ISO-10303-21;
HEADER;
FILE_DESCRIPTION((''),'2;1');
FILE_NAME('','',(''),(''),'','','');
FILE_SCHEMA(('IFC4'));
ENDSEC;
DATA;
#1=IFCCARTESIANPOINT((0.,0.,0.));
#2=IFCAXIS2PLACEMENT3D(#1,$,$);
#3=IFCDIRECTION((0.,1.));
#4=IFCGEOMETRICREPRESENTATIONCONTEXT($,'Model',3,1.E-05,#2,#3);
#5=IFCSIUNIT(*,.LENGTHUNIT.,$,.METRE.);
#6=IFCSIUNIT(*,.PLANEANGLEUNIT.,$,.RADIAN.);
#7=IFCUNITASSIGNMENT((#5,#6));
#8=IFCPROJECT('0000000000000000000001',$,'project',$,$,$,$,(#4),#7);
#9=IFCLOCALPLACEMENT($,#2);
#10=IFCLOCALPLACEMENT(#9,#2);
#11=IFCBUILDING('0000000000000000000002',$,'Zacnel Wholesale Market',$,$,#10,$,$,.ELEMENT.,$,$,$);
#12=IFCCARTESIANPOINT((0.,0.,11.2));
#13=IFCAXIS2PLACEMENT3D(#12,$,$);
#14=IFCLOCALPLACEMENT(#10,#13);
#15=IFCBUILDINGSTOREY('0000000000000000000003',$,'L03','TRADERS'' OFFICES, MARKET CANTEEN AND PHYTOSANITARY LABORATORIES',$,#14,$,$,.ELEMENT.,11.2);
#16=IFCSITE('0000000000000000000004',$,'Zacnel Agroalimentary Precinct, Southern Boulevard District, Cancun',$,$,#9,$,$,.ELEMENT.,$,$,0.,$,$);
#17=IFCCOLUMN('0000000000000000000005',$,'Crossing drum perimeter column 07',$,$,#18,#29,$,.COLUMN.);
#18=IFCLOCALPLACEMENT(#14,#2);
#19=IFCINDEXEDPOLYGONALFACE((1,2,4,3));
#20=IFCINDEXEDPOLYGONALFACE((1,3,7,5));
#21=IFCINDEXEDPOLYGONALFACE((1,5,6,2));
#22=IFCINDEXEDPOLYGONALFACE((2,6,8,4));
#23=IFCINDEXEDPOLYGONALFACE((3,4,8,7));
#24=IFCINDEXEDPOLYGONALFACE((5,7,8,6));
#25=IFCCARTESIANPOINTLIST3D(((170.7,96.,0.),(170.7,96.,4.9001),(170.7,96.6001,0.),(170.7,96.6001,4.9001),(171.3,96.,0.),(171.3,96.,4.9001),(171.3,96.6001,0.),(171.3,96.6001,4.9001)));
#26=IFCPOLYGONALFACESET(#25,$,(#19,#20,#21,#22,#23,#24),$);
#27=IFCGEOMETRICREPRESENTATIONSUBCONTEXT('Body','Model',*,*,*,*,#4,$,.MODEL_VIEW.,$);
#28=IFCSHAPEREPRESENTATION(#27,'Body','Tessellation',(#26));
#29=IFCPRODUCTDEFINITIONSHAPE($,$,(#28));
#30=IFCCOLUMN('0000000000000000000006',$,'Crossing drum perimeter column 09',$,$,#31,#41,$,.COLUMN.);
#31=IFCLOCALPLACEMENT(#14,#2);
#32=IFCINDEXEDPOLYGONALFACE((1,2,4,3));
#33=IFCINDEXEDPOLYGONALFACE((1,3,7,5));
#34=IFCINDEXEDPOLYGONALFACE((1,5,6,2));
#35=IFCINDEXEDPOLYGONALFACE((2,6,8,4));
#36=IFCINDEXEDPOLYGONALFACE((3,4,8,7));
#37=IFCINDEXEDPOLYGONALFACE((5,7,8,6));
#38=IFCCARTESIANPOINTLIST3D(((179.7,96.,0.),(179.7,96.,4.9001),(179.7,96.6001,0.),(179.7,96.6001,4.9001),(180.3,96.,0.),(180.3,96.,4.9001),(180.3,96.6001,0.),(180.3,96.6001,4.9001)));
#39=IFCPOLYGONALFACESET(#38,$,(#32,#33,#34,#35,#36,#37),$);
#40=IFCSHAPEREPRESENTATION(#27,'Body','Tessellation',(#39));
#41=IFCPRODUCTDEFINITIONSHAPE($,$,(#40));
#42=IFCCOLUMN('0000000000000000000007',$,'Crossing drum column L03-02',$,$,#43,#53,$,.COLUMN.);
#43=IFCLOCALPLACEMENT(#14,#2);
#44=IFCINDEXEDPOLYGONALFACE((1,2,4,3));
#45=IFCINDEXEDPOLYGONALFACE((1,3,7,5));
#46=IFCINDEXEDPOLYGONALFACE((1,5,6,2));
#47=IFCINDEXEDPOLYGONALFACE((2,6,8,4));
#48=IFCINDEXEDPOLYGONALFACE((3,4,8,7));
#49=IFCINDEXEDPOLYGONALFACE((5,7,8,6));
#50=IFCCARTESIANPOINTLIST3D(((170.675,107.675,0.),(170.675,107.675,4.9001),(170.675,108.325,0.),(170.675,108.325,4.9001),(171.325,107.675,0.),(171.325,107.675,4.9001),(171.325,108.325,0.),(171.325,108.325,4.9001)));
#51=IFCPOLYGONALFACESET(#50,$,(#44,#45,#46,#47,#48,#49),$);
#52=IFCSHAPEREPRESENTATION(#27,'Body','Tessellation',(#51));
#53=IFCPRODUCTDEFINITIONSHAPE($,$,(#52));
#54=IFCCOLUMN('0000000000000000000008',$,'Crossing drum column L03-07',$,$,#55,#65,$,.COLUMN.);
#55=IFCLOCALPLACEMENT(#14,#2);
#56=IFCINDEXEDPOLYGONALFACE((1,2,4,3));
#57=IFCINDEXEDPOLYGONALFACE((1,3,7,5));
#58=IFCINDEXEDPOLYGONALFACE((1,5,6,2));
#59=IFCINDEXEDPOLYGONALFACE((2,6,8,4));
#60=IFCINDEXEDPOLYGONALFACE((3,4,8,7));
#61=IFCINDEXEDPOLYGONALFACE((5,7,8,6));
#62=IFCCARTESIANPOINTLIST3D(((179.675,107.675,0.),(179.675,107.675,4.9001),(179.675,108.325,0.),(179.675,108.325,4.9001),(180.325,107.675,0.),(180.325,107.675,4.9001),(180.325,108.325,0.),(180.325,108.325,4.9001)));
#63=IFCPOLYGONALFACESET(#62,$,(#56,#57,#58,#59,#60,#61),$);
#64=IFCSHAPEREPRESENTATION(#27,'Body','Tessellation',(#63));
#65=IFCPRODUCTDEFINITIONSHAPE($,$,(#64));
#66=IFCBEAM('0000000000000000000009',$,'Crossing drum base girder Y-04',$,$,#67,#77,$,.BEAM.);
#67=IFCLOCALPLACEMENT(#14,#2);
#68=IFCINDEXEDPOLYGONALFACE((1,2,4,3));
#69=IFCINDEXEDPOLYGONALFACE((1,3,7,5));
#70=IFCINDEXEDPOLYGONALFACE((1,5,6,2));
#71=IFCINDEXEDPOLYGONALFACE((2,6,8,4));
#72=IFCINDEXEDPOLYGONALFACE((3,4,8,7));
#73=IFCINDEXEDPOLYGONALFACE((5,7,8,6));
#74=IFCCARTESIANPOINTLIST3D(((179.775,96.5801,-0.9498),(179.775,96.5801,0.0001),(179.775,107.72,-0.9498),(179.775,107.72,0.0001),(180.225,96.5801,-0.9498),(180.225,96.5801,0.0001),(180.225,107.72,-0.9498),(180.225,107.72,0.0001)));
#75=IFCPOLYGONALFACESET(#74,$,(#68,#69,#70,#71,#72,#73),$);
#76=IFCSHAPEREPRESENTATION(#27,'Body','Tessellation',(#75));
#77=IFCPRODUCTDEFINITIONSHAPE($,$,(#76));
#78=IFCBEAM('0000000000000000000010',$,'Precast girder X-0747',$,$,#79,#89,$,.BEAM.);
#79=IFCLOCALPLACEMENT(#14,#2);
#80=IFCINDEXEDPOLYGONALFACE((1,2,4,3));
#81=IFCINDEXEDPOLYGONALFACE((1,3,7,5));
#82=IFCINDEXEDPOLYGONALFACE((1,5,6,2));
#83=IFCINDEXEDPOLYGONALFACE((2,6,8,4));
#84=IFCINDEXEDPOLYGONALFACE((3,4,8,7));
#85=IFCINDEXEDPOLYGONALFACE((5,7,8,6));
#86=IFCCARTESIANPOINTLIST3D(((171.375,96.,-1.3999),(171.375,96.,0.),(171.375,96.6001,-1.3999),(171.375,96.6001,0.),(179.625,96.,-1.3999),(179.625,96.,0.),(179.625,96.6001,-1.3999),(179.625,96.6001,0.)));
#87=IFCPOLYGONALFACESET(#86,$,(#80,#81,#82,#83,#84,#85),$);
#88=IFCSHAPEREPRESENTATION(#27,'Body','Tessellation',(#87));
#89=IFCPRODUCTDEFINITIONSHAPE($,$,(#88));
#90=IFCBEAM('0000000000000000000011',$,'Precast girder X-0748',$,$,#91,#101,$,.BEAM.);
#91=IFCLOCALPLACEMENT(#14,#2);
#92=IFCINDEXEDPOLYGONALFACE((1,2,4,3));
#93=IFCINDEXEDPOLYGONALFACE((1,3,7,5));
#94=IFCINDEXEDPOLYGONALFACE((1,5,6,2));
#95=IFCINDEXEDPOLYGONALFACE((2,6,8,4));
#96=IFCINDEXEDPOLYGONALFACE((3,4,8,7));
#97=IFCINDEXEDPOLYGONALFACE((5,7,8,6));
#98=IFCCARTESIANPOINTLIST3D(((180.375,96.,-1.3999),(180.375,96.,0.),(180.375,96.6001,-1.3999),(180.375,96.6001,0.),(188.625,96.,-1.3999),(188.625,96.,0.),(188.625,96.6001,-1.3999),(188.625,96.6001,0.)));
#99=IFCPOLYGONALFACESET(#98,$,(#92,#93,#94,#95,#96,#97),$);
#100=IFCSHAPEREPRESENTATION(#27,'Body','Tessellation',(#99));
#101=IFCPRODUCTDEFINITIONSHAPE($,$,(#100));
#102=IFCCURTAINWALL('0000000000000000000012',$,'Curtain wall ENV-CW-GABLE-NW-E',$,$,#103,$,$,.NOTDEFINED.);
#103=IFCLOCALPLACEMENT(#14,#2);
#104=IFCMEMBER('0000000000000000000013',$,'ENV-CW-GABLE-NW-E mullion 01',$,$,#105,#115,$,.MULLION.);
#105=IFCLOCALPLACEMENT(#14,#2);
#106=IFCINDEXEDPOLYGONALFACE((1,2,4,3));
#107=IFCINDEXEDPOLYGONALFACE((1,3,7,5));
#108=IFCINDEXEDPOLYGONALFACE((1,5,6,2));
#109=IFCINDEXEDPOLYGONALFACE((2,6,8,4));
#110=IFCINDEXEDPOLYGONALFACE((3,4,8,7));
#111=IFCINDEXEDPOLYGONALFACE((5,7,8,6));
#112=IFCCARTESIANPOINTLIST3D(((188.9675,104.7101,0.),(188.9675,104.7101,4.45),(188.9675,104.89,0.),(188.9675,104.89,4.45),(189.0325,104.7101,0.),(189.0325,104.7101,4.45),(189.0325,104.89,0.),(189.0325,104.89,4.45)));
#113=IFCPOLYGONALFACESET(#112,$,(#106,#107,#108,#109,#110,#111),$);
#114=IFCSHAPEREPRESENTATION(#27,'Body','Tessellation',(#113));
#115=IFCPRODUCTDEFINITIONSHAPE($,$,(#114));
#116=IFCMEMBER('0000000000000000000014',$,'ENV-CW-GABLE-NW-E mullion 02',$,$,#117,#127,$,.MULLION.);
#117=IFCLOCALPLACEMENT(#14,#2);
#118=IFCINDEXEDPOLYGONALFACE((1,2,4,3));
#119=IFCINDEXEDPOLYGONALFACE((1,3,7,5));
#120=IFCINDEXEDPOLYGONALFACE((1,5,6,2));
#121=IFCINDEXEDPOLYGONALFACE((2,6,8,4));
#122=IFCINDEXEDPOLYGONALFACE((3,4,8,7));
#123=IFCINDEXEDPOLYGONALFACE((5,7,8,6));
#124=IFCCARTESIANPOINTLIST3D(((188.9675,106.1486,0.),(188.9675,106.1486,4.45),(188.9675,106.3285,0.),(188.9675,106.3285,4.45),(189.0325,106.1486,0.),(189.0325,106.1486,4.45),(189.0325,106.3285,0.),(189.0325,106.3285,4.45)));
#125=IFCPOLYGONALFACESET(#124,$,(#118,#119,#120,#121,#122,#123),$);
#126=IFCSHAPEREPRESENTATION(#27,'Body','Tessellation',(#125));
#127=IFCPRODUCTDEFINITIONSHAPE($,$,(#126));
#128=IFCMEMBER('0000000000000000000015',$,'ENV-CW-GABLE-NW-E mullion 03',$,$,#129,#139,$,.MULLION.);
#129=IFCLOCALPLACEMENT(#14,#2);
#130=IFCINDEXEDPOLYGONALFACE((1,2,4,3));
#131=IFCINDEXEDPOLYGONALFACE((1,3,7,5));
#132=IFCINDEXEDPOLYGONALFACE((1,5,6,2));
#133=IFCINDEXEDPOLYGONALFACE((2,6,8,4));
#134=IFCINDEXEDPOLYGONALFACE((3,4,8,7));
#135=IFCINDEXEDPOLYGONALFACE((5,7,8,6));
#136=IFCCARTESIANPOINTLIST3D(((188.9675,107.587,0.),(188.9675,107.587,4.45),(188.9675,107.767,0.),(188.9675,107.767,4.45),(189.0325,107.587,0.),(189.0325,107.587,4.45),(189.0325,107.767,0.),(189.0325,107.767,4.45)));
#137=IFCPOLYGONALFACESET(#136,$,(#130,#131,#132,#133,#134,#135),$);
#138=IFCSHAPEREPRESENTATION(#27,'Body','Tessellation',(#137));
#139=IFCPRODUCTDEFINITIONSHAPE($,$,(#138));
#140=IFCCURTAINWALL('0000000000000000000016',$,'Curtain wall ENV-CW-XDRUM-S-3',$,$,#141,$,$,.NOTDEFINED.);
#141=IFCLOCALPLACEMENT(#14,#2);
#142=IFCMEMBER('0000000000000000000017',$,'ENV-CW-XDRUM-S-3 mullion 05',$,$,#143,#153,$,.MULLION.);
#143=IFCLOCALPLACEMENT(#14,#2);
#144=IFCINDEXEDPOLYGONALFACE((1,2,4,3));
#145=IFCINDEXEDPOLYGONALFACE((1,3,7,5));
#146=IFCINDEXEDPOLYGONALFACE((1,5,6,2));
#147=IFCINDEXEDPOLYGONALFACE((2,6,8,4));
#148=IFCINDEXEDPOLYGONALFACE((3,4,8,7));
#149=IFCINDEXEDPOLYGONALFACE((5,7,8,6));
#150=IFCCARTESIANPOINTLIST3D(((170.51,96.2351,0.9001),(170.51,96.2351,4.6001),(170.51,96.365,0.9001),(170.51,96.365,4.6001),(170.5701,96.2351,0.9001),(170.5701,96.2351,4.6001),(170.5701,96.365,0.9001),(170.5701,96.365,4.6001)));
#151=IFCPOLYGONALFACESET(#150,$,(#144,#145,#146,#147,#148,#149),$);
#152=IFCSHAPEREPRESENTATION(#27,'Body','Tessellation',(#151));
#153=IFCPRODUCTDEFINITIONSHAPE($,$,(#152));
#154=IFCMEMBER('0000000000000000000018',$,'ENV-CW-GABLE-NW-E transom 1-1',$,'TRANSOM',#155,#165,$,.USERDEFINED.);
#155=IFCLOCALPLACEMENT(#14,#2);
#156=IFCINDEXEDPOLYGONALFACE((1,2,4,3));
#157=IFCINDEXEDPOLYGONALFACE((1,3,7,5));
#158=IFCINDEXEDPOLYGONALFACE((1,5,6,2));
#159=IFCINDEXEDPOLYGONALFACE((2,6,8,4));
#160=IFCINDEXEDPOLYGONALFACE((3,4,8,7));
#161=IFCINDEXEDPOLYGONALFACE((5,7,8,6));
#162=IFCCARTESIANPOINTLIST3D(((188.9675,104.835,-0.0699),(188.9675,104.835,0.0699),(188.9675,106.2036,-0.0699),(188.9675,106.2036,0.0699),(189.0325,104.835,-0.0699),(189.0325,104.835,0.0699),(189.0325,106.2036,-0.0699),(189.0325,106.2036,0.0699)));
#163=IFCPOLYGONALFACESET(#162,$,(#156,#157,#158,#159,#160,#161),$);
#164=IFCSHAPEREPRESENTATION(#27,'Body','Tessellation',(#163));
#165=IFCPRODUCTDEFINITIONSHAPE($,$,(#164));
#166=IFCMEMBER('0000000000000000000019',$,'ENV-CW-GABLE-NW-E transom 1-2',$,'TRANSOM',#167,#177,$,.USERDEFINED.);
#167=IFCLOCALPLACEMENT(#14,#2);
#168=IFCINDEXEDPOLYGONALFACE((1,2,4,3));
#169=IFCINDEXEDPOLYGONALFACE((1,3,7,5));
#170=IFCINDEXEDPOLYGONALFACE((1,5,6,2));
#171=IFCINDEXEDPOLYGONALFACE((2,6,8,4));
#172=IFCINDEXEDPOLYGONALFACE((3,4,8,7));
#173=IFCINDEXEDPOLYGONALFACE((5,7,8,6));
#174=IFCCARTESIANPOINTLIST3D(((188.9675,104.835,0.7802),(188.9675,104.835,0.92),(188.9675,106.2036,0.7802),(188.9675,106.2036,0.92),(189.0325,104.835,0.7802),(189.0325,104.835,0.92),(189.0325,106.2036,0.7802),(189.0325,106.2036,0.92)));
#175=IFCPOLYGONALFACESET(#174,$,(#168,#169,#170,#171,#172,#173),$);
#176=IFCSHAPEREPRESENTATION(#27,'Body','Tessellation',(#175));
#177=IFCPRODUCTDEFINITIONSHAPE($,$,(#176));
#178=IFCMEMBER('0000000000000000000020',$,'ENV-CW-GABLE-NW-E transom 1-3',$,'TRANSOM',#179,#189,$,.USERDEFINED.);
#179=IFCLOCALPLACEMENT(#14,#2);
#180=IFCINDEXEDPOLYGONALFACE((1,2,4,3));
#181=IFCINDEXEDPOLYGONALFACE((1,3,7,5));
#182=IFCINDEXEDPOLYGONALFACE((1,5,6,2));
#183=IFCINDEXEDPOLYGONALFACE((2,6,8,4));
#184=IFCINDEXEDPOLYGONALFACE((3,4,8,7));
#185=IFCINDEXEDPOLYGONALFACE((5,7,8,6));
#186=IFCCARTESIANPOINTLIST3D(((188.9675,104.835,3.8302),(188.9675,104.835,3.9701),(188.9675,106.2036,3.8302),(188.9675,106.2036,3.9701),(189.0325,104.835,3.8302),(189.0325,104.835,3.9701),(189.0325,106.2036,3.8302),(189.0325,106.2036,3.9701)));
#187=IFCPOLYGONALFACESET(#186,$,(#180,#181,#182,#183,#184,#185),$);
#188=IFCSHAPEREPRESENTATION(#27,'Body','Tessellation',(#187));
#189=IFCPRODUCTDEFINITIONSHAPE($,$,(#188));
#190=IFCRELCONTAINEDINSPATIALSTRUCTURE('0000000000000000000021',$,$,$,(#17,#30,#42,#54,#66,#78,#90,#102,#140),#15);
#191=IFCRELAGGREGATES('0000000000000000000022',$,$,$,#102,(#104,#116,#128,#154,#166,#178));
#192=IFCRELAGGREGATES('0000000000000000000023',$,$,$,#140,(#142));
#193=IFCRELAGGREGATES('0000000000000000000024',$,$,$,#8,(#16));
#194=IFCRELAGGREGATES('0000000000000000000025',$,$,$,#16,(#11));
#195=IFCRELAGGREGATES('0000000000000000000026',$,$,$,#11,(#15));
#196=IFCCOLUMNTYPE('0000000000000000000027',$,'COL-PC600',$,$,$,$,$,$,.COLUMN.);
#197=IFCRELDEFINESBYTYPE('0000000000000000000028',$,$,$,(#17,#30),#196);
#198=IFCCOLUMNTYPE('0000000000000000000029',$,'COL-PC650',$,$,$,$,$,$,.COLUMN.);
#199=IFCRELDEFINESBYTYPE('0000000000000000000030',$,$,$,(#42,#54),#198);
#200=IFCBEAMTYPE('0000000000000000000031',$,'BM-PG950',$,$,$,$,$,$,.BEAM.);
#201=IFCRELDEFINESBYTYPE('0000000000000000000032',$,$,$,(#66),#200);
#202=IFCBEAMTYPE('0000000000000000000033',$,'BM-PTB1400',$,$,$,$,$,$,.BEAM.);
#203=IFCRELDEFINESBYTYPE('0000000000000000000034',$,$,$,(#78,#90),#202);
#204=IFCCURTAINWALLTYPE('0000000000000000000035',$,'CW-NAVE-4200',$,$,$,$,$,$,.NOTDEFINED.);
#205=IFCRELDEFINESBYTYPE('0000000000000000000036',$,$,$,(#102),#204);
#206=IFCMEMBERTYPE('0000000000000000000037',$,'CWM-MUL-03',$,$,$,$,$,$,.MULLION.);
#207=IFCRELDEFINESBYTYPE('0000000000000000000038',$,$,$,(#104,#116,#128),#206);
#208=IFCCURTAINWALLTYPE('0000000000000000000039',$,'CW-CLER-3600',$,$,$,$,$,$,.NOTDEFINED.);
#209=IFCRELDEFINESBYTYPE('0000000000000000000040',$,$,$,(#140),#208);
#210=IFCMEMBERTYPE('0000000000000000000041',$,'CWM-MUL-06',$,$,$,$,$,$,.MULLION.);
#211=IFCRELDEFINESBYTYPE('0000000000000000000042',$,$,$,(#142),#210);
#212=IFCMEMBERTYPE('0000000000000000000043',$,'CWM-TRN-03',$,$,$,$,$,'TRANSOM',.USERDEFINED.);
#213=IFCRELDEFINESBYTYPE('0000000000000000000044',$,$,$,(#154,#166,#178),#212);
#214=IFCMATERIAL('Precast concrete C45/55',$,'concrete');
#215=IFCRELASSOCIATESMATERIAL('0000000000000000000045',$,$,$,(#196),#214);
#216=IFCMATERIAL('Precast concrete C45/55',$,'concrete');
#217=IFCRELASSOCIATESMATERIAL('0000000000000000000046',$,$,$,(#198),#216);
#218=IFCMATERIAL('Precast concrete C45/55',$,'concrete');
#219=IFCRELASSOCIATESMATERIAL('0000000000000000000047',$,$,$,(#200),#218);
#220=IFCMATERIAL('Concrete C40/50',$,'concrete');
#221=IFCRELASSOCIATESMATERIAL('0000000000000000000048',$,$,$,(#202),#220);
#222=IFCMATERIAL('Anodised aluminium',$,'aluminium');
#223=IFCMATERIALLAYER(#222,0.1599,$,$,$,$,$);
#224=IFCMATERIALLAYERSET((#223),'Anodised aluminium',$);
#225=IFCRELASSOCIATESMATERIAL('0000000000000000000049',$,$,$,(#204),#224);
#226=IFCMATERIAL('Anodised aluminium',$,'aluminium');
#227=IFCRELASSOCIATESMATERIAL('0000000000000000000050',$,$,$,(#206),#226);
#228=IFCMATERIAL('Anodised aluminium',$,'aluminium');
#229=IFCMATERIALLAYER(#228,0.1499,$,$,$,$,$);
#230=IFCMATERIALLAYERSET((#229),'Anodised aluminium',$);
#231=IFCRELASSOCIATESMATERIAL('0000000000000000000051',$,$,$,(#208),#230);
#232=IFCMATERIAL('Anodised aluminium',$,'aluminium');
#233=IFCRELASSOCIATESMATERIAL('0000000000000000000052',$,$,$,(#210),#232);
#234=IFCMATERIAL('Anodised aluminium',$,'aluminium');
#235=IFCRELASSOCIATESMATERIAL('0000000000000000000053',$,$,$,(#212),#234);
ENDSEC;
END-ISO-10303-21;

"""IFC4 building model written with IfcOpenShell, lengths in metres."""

from ifc_helpers import new_model, si_unit, direction, frame, origin, origin_2d, place, context, subcontext, project, spatial, rectangle, extrude, material, layer, layer_set, material_profile, profile_set, type_object, element, aggregate, save


model = new_model("IFC4")

# Units and contexts
model_context = context("Model", 3, precision=1e-05, world=origin(), true_north=direction((0.0, 1.0)))
body_context = subcontext(model_context, "Body", "Model", "MODEL_VIEW")
ifc_project = project(units=[si_unit("LENGTHUNIT", "METRE"), si_unit("PLANEANGLEUNIT", "RADIAN")], contexts=[model_context])

# Site, building, storey
site_placement = place(None, origin())
site = spatial("IfcSite", under=ifc_project, at=site_placement, Name="Zacnel Agroalimentary Precinct, Southern Boulevard District, Cancun", CompositionType="ELEMENT", RefElevation=0.0)
building_placement = place(site_placement, origin())
building = spatial("IfcBuilding", under=site, at=building_placement, Name="Zacnel Wholesale Market", CompositionType="ELEMENT")
storey_placement = place(building_placement, frame((0.0, 0.0, 11.2)))
storey = spatial("IfcBuildingStorey", under=building, at=storey_placement, Name="L03", Description="TRADERS' OFFICES, MARKET CANTEEN AND PHYTOSANITARY LABORATORIES", CompositionType="ELEMENT", Elevation=11.2)

# Columns
ifc_material_1 = material(Name="Precast concrete C45/55", Category="concrete")
ifc_material_profile_1 = material_profile(ifc_material_1, rectangle(XDim=0.6001, YDim=0.6001, at=origin_2d()), Name="PC 600x600")
ifc_profile_set_1 = profile_set([ifc_material_profile_1], Name="Precast concrete C45/55")
column_type_1 = type_object("IfcColumnType", Name="COL-PC600", PredefinedType="COLUMN", material=ifc_profile_set_1)
for number, where, z_axis, x_axis, name in (
    (1, (171.0, 96.3, 0.0), (0.0, 0.0, 1.0), (1.0, 0.0, 0.0), "Crossing drum perimeter column 07"),
    (2, (180.0, 96.3, 0.0), (0.0, 0.0, 1.0), (1.0, 0.0, 0.0), "Crossing drum perimeter column 09"),
):
    element("IfcColumn", number, at=place(storey_placement, frame(where, z_axis=z_axis, x_axis=x_axis)), inside=storey, type_object=column_type_1, Name=name, PredefinedType="COLUMN", context=body_context, shape_type="SweptSolid", body=[
        extrude(rectangle(XDim=0.6001, YDim=0.6001, at=origin_2d()), origin(), (0.0, 0.0, 1.0), 4.9001),
    ])
ifc_material_2 = material(Name="Precast concrete C45/55", Category="concrete")
ifc_material_profile_2 = material_profile(ifc_material_2, rectangle(XDim=0.6499, YDim=0.6499, at=origin_2d()), Name="PC 650x650")
ifc_profile_set_2 = profile_set([ifc_material_profile_2], Name="Precast concrete C45/55")
column_type_2 = type_object("IfcColumnType", Name="COL-PC650", PredefinedType="COLUMN", material=ifc_profile_set_2)
for number, where, z_axis, x_axis, name in (
    (3, (171.0, 108.0, 0.0), (0.0, 0.0, 1.0), (1.0, 0.0, 0.0), "Crossing drum column L03-02"),
    (4, (180.0, 108.0, 0.0), (0.0, 0.0, 1.0), (1.0, 0.0, 0.0), "Crossing drum column L03-07"),
):
    element("IfcColumn", number, at=place(storey_placement, frame(where, z_axis=z_axis, x_axis=x_axis)), inside=storey, type_object=column_type_2, Name=name, PredefinedType="COLUMN", context=body_context, shape_type="SweptSolid", body=[
        extrude(rectangle(XDim=0.6499, YDim=0.6499, at=origin_2d()), origin(), (0.0, 0.0, 1.0), 4.9001),
    ])

# Beams
ifc_material_3 = material(Name="Precast concrete C45/55", Category="concrete")
ifc_material_profile_3 = material_profile(ifc_material_3, rectangle(XDim=0.45, YDim=0.95, at=origin_2d()), Name="PG 450x950")
ifc_profile_set_3 = profile_set([ifc_material_profile_3], Name="Precast concrete C45/55")
beam_type_1 = type_object("IfcBeamType", Name="BM-PG950", PredefinedType="BEAM", material=ifc_profile_set_3)
beam_placement = place(storey_placement, frame((180.0, 96.5801, -0.4749), z_axis=(0.0, 1.0, 0.0), x_axis=(-1.0, 0.0, 0.0)))
element("IfcBeam", 5, at=beam_placement, inside=storey, type_object=beam_type_1, Name="Crossing drum base girder Y-04", PredefinedType="BEAM", context=body_context, shape_type="SweptSolid", body=[
    extrude(rectangle(XDim=0.45, YDim=0.95, at=origin_2d()), origin(), (0.0, 0.0, 1.0), 11.1399),
])
ifc_material_4 = material(Name="Concrete C40/50", Category="concrete")
ifc_material_profile_4 = material_profile(ifc_material_4, rectangle(XDim=0.6001, YDim=1.3999, at=origin_2d()), Name="PTB 600x1400")
ifc_profile_set_4 = profile_set([ifc_material_profile_4], Name="Concrete C40/50")
beam_type_2 = type_object("IfcBeamType", Name="BM-PTB1400", PredefinedType="BEAM", material=ifc_profile_set_4)
for number, where, z_axis, x_axis, name in (
    (6, (171.375, 96.3, -0.7), (1.0, 0.0, 0.0), (0.0, 1.0, 0.0), "Precast girder X-0747"),
    (7, (180.375, 96.3, -0.7), (1.0, 0.0, 0.0), (0.0, 1.0, 0.0), "Precast girder X-0748"),
):
    element("IfcBeam", number, at=place(storey_placement, frame(where, z_axis=z_axis, x_axis=x_axis)), inside=storey, type_object=beam_type_2, Name=name, PredefinedType="BEAM", context=body_context, shape_type="SweptSolid", body=[
        extrude(rectangle(XDim=0.6001, YDim=1.3999, at=origin_2d()), origin(), (0.0, 0.0, 1.0), 8.25),
    ])

# Curtain wall, members
ifc_material_5 = material(Name="Anodised aluminium", Category="aluminium")
ifc_layer_1 = layer(ifc_material_5, 0.1599)
ifc_layer_set_1 = layer_set([ifc_layer_1], Name="Anodised aluminium")
curtain_wall_type_1 = type_object("IfcCurtainWallType", Name="CW-NAVE-4200", PredefinedType="NOTDEFINED", material=ifc_layer_set_1)
curtain_wall_1_placement = place(storey_placement, origin())
curtain_wall_1 = element("IfcCurtainWall", 8, at=curtain_wall_1_placement, inside=storey, type_object=curtain_wall_type_1, Name="Curtain wall ENV-CW-GABLE-NW-E", PredefinedType="NOTDEFINED")
ifc_material_6 = material(Name="Anodised aluminium", Category="aluminium")
ifc_material_profile_5 = material_profile(ifc_material_6, rectangle(XDim=0.0649, YDim=0.1799, at=origin_2d()), Name="AW-MULLION 65x180")
ifc_profile_set_5 = profile_set([ifc_material_profile_5], Name="Anodised aluminium")
member_type_1 = type_object("IfcMemberType", Name="CWM-MUL-03", PredefinedType="MULLION", material=ifc_profile_set_5)
member_1_placement = place(storey_placement, frame((189.0, 104.8, 0.0), z_axis=(0.0, 0.0, 1.0), x_axis=(1.0, 0.0, 0.0)))
member_1 = element("IfcMember", 9, at=member_1_placement, type_object=member_type_1, Name="ENV-CW-GABLE-NW-E mullion 01", PredefinedType="MULLION", context=body_context, shape_type="SweptSolid", body=[
    extrude(rectangle(XDim=0.0649, YDim=0.1799, at=origin_2d()), origin(), (0.0, 0.0, 1.0), 4.45),
])
member_2_placement = place(storey_placement, frame((189.0, 106.2385, 0.0), z_axis=(0.0, 0.0, 1.0), x_axis=(1.0, 0.0, 0.0)))
member_2 = element("IfcMember", 10, at=member_2_placement, type_object=member_type_1, Name="ENV-CW-GABLE-NW-E mullion 02", PredefinedType="MULLION", context=body_context, shape_type="SweptSolid", body=[
    extrude(rectangle(XDim=0.0649, YDim=0.1799, at=origin_2d()), origin(), (0.0, 0.0, 1.0), 4.45),
])
member_3_placement = place(storey_placement, frame((189.0, 107.677, 0.0), z_axis=(0.0, 0.0, 1.0), x_axis=(1.0, 0.0, 0.0)))
member_3 = element("IfcMember", 11, at=member_3_placement, type_object=member_type_1, Name="ENV-CW-GABLE-NW-E mullion 03", PredefinedType="MULLION", context=body_context, shape_type="SweptSolid", body=[
    extrude(rectangle(XDim=0.0649, YDim=0.1799, at=origin_2d()), origin(), (0.0, 0.0, 1.0), 4.45),
])

# Curtain wall, member
ifc_material_7 = material(Name="Anodised aluminium", Category="aluminium")
ifc_layer_2 = layer(ifc_material_7, 0.1499)
ifc_layer_set_2 = layer_set([ifc_layer_2], Name="Anodised aluminium")
curtain_wall_type_2 = type_object("IfcCurtainWallType", Name="CW-CLER-3600", PredefinedType="NOTDEFINED", material=ifc_layer_set_2)
curtain_wall_2_placement = place(storey_placement, origin())
curtain_wall_2 = element("IfcCurtainWall", 12, at=curtain_wall_2_placement, inside=storey, type_object=curtain_wall_type_2, Name="Curtain wall ENV-CW-XDRUM-S-3", PredefinedType="NOTDEFINED")
ifc_material_8 = material(Name="Anodised aluminium", Category="aluminium")
ifc_material_profile_6 = material_profile(ifc_material_8, rectangle(XDim=0.0601, YDim=0.1299, at=origin_2d()), Name="AW-MULLION 60x130")
ifc_profile_set_6 = profile_set([ifc_material_profile_6], Name="Anodised aluminium")
member_type_2 = type_object("IfcMemberType", Name="CWM-MUL-06", PredefinedType="MULLION", material=ifc_profile_set_6)
member_4_placement = place(storey_placement, frame((170.54, 96.3, 0.9001), z_axis=(0.0, 0.0, 1.0), x_axis=(1.0, 0.0, 0.0)))
member_4 = element("IfcMember", 13, at=member_4_placement, type_object=member_type_2, Name="ENV-CW-XDRUM-S-3 mullion 05", PredefinedType="MULLION", context=body_context, shape_type="SweptSolid", body=[
    extrude(rectangle(XDim=0.0601, YDim=0.1299, at=origin_2d()), origin(), (0.0, 0.0, 1.0), 3.7),
])

# Members
ifc_material_9 = material(Name="Anodised aluminium", Category="aluminium")
ifc_material_profile_7 = material_profile(ifc_material_9, rectangle(XDim=0.0649, YDim=0.1399, at=origin_2d()), Name="AW-TRANSOM 65x140")
ifc_profile_set_7 = profile_set([ifc_material_profile_7], Name="Anodised aluminium")
member_type_3 = type_object("IfcMemberType", Name="CWM-TRN-03", ElementType="TRANSOM", PredefinedType="USERDEFINED", material=ifc_profile_set_7)
member_5_placement = place(storey_placement, frame((189.0, 104.835, 0.0), z_axis=(0.0, 1.0, 0.0), x_axis=(-1.0, 0.0, 0.0)))
member_5 = element("IfcMember", 14, at=member_5_placement, type_object=member_type_3, Name="ENV-CW-GABLE-NW-E transom 1-1", ObjectType="TRANSOM", PredefinedType="USERDEFINED", context=body_context, shape_type="SweptSolid", body=[
    extrude(rectangle(XDim=0.0649, YDim=0.1399, at=origin_2d()), origin(), (0.0, 0.0, 1.0), 1.3687),
])
member_6_placement = place(storey_placement, frame((189.0, 104.835, 0.8501), z_axis=(0.0, 1.0, 0.0), x_axis=(-1.0, 0.0, 0.0)))
member_6 = element("IfcMember", 15, at=member_6_placement, type_object=member_type_3, Name="ENV-CW-GABLE-NW-E transom 1-2", ObjectType="TRANSOM", PredefinedType="USERDEFINED", context=body_context, shape_type="SweptSolid", body=[
    extrude(rectangle(XDim=0.0649, YDim=0.1399, at=origin_2d()), origin(), (0.0, 0.0, 1.0), 1.3687),
])
member_7_placement = place(storey_placement, frame((189.0, 104.835, 3.9001), z_axis=(0.0, 1.0, 0.0), x_axis=(-1.0, 0.0, 0.0)))
member_7 = element("IfcMember", 16, at=member_7_placement, type_object=member_type_3, Name="ENV-CW-GABLE-NW-E transom 1-3", ObjectType="TRANSOM", PredefinedType="USERDEFINED", context=body_context, shape_type="SweptSolid", body=[
    extrude(rectangle(XDim=0.0649, YDim=0.1399, at=origin_2d()), origin(), (0.0, 0.0, 1.0), 1.3687),
])

aggregate(curtain_wall_1, [member_1, member_2, member_3, member_5, member_6, member_7])
aggregate(curtain_wall_2, [member_4])

save(model, "model.ifc")
